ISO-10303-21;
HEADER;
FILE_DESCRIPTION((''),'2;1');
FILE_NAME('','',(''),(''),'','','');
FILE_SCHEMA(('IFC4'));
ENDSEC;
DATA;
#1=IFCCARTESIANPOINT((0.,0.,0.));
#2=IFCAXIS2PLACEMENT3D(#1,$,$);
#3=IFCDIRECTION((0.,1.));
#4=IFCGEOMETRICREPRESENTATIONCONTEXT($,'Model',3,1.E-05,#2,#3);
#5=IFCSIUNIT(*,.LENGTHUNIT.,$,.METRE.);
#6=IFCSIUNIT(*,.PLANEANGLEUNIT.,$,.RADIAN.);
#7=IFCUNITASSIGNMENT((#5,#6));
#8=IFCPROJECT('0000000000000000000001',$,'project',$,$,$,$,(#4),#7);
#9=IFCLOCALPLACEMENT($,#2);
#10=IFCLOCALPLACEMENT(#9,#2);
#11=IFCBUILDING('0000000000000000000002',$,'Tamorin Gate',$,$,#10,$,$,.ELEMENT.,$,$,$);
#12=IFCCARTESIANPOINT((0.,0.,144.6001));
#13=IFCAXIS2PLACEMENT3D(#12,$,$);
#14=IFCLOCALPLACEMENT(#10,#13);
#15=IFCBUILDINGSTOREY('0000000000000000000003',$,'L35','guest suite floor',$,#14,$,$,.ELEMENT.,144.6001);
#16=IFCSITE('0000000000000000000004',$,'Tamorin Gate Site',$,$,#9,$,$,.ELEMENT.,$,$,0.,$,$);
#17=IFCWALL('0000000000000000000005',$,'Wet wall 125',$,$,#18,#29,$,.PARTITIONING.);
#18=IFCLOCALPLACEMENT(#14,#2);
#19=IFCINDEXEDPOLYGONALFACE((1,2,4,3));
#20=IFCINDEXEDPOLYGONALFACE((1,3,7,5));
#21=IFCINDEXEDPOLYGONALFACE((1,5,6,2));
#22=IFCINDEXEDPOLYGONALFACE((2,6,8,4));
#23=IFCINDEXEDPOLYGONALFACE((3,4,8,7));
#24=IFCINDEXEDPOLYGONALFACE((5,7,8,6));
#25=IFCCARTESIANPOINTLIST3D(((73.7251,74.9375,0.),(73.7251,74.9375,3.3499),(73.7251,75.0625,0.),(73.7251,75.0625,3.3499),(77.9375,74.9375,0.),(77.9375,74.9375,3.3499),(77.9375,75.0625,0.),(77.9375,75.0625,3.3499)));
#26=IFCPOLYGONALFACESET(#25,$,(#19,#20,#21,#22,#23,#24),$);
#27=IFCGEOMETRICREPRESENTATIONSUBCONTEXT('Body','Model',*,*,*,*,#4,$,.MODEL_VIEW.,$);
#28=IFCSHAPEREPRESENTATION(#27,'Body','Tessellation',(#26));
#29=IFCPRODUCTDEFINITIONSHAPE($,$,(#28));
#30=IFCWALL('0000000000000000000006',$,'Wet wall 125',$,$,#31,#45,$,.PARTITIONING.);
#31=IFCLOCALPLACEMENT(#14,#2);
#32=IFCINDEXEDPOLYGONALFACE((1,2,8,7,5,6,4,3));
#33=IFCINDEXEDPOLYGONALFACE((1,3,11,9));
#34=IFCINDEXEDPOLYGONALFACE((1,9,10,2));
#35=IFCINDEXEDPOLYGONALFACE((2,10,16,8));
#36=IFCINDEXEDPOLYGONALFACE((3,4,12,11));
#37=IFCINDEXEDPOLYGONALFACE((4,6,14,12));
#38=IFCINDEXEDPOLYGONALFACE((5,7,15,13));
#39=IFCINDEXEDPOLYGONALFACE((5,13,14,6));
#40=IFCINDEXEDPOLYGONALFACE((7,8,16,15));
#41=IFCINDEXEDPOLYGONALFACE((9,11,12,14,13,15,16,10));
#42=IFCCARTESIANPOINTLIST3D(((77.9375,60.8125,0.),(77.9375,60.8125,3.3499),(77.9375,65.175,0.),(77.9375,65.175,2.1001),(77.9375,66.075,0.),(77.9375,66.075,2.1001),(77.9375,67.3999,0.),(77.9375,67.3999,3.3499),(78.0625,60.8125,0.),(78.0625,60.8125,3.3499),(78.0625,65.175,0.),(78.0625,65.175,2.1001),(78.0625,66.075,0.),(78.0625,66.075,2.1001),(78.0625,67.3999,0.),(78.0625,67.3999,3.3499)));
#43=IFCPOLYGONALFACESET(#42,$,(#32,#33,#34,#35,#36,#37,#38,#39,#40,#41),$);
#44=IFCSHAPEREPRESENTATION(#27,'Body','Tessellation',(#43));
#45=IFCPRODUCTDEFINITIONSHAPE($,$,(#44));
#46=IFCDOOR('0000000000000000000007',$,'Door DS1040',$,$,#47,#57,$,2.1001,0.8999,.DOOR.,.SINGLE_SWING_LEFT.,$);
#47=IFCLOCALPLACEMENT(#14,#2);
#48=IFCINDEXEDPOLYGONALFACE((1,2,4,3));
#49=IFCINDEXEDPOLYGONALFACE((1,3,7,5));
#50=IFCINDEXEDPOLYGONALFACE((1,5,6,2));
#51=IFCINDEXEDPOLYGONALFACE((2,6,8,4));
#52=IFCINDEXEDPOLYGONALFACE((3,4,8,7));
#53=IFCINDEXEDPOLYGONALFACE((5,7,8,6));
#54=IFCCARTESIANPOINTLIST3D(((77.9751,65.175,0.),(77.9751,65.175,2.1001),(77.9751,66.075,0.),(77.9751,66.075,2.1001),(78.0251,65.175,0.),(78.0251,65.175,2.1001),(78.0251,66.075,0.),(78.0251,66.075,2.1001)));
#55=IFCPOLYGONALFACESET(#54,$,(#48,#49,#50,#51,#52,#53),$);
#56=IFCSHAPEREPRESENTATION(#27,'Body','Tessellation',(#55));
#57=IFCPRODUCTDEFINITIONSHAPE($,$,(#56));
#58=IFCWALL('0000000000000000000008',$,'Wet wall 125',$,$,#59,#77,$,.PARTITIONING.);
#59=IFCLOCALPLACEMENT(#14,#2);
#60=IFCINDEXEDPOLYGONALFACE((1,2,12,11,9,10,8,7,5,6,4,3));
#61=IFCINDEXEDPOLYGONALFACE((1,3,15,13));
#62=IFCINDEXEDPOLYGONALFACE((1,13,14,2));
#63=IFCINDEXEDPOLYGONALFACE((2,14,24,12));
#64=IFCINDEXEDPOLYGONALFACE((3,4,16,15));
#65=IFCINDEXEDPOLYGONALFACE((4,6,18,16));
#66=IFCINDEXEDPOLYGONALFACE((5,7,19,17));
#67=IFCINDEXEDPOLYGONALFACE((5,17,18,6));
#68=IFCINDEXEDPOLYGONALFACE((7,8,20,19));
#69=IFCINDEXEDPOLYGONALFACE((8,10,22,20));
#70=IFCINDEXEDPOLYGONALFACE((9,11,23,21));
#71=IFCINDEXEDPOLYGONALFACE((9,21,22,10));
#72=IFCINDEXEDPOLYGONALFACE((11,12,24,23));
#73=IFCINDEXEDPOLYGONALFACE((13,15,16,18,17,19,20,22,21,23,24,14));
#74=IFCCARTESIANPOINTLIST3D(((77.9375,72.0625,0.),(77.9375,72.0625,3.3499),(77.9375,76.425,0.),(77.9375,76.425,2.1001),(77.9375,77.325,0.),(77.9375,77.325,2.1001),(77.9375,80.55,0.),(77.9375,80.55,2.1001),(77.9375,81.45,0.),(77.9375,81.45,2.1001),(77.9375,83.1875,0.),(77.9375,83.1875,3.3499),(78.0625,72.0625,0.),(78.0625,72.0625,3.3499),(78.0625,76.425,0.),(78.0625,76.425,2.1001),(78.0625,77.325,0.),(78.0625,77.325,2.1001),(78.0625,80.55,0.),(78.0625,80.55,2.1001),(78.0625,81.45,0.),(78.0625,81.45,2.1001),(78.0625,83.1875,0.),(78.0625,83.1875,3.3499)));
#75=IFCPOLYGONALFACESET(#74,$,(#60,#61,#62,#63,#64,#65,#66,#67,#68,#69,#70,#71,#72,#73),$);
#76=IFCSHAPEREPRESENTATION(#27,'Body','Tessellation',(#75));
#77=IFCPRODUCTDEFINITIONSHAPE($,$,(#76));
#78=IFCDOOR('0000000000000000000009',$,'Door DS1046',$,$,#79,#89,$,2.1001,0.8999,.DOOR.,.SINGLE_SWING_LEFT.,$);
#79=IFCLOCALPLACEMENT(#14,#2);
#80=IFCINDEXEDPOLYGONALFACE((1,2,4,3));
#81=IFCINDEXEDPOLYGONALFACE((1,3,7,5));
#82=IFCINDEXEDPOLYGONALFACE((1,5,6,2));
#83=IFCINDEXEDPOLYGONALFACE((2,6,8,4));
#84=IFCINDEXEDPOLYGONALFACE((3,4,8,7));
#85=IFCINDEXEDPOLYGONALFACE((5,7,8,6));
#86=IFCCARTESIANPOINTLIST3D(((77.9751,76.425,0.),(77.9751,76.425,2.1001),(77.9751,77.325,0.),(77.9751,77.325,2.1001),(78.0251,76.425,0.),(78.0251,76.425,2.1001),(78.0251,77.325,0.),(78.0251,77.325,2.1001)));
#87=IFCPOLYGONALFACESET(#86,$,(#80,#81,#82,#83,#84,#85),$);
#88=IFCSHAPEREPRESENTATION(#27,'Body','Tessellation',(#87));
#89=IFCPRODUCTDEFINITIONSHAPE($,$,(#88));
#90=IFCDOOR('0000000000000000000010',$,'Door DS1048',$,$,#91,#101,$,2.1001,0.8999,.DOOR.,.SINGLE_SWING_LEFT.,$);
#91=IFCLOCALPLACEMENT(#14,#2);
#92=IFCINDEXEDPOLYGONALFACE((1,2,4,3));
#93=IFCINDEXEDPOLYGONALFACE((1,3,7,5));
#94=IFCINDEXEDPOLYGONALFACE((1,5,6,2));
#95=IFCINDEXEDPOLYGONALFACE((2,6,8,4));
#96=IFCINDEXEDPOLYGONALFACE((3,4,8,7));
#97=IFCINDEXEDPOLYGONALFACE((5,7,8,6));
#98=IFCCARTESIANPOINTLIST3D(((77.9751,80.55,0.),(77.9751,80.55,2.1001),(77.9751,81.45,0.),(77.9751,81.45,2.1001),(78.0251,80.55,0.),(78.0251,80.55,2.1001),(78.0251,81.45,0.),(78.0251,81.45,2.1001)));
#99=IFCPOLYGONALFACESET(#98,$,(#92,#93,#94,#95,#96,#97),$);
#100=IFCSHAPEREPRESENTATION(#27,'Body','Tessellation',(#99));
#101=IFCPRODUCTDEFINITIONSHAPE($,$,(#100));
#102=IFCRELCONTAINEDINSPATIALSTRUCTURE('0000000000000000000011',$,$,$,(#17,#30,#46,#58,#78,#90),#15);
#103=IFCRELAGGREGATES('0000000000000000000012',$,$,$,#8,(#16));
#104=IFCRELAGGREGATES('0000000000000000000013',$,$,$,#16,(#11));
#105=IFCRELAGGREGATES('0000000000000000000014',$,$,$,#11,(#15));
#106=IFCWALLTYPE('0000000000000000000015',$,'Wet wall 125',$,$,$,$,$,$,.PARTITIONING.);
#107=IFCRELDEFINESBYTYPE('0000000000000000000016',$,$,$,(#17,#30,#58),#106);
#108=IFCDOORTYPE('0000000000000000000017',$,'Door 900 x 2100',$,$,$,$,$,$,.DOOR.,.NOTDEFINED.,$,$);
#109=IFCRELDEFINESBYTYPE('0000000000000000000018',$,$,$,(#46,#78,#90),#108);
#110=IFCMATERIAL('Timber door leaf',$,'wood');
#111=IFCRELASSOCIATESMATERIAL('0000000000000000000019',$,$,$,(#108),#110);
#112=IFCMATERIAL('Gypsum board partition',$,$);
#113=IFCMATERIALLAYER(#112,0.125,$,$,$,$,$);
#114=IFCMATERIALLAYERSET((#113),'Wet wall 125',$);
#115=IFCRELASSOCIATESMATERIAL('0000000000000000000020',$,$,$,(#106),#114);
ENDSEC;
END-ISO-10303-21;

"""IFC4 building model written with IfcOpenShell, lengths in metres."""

from ifc_helpers import new_model, si_unit, direction, frame, frame_2d, origin, place, context, subcontext, project, spatial, rectangle, extrude, material, layer, layer_set, type_object, element, fill, save


model = new_model("IFC4")

# Units and contexts
model_context = context("Model", 3, precision=1e-05, world=origin(), true_north=direction((0.0, 1.0)))
body_context = subcontext(model_context, "Body", "Model", "MODEL_VIEW")
ifc_project = project(units=[si_unit("LENGTHUNIT", "METRE"), si_unit("PLANEANGLEUNIT", "RADIAN")], contexts=[model_context])

# Site, building, storey
site_placement = place(None, origin())
site = spatial("IfcSite", under=ifc_project, at=site_placement, Name="Tamorin Gate Site", CompositionType="ELEMENT", RefElevation=0.0)
building_placement = place(site_placement, origin())
building = spatial("IfcBuilding", under=site, at=building_placement, Name="Tamorin Gate", CompositionType="ELEMENT")
storey_placement = place(building_placement, frame((0.0, 0.0, 144.6001)))
storey = spatial("IfcBuildingStorey", under=building, at=storey_placement, Name="L35", Description="guest suite floor", CompositionType="ELEMENT", Elevation=144.6001)

# Shared definitions
ifc_material_1 = material(Name="Gypsum board partition")
ifc_material_2 = material(Name="Timber door leaf", Category="wood")
door_type = type_object("IfcDoorType", Name="Door 900 x 2100", OperationType="NOTDEFINED", PredefinedType="DOOR", material=ifc_material_2)

# Wall
ifc_layer_1 = layer(ifc_material_1, 0.125)
ifc_layer_set_1 = layer_set([ifc_layer_1], Name="Wet wall 125")
wall_type_1 = type_object("IfcWallType", Name="Wet wall 125", PredefinedType="PARTITIONING", material=ifc_layer_set_1)
wall_1_placement = place(storey_placement, frame((73.7251, 75.0, 0.0), z_axis=(0.0, 0.0, 1.0), x_axis=(1.0, 0.0, 0.0)))
element("IfcWall", 1, at=wall_1_placement, inside=storey, type_object=wall_type_1, Name="Wet wall 125", PredefinedType="PARTITIONING", context=body_context, shape_type="SweptSolid", body=[
    extrude(rectangle(XDim=4.2124, YDim=0.125, at=frame_2d((2.1062, 0.0))), origin(), (0.0, 0.0, 1.0), 3.3499),
])

# Wall, opening, door
wall_2_placement = place(storey_placement, frame((78.0, 60.8125, 0.0), z_axis=(0.0, 0.0, 1.0), x_axis=(0.0, 1.0, 0.0)))
wall_2 = element("IfcWall", 2, at=wall_2_placement, inside=storey, type_object=wall_type_1, Name="Wet wall 125", PredefinedType="PARTITIONING", context=body_context, shape_type="SweptSolid", body=[
    extrude(rectangle(XDim=6.5874, YDim=0.125, at=frame_2d((3.2937, 0.0))), origin(), (0.0, 0.0, 1.0), 3.3499),
])
opening_1_placement = place(wall_2_placement, frame((4.3625, 0.0, 0.0)))
opening_1 = element("IfcOpeningElement", 3, at=opening_1_placement, cuts=wall_2, PredefinedType="OPENING", context=body_context, shape_type="SweptSolid", body=[
    extrude(rectangle(XDim=0.8999, YDim=2.1001, at=frame_2d((0.45, 1.05))), frame((0.0, 0.0725, 0.0), z_axis=(0.0, -1.0, 0.0), x_axis=(1.0, 0.0, 0.0)), (0.0, 0.0, 1.0), 0.145),
])
door_1_placement = place(opening_1_placement, origin())
door_1 = element("IfcDoor", 4, at=door_1_placement, inside=storey, type_object=door_type, Name="Door DS1040", OperationType="SINGLE_SWING_LEFT", OverallHeight=2.1001, OverallWidth=0.8999, PredefinedType="DOOR", context=body_context, shape_type="SweptSolid", body=[
    extrude(rectangle(XDim=0.8999, YDim=2.1001, at=frame_2d((0.45, 1.05))), frame((0.0, 0.0249, 0.0), z_axis=(0.0, -1.0, 0.0), x_axis=(1.0, 0.0, 0.0)), (0.0, 0.0, 1.0), 0.05),
])
fill(opening_1, door_1)

# Wall, openings, doors
wall_3_placement = place(storey_placement, frame((78.0, 72.0625, 0.0), z_axis=(0.0, 0.0, 1.0), x_axis=(0.0, 1.0, 0.0)))
wall_3 = element("IfcWall", 5, at=wall_3_placement, inside=storey, type_object=wall_type_1, Name="Wet wall 125", PredefinedType="PARTITIONING", context=body_context, shape_type="SweptSolid", body=[
    extrude(rectangle(XDim=11.125, YDim=0.125, at=frame_2d((5.5625, 0.0))), origin(), (0.0, 0.0, 1.0), 3.3499),
])
opening_2_placement = place(wall_3_placement, frame((4.3625, 0.0, 0.0)))
opening_2 = element("IfcOpeningElement", 6, at=opening_2_placement, cuts=wall_3, PredefinedType="OPENING", context=body_context, shape_type="SweptSolid", body=[
    extrude(rectangle(XDim=0.8999, YDim=2.1001, at=frame_2d((0.45, 1.05))), frame((0.0, 0.0725, 0.0), z_axis=(0.0, -1.0, 0.0), x_axis=(1.0, 0.0, 0.0)), (0.0, 0.0, 1.0), 0.145),
])
opening_3_placement = place(wall_3_placement, frame((8.4875, 0.0, 0.0)))
opening_3 = element("IfcOpeningElement", 7, at=opening_3_placement, cuts=wall_3, PredefinedType="OPENING", context=body_context, shape_type="SweptSolid", body=[
    extrude(rectangle(XDim=0.8999, YDim=2.1001, at=frame_2d((0.45, 1.05))), frame((0.0, 0.0725, 0.0), z_axis=(0.0, -1.0, 0.0), x_axis=(1.0, 0.0, 0.0)), (0.0, 0.0, 1.0), 0.145),
])
door_2_placement = place(opening_2_placement, origin())
door_2 = element("IfcDoor", 8, at=door_2_placement, inside=storey, type_object=door_type, Name="Door DS1046", OperationType="SINGLE_SWING_LEFT", OverallHeight=2.1001, OverallWidth=0.8999, PredefinedType="DOOR", context=body_context, shape_type="SweptSolid", body=[
    extrude(rectangle(XDim=0.8999, YDim=2.1001, at=frame_2d((0.45, 1.05))), frame((0.0, 0.0249, 0.0), z_axis=(0.0, -1.0, 0.0), x_axis=(1.0, 0.0, 0.0)), (0.0, 0.0, 1.0), 0.05),
])
fill(opening_2, door_2)
door_3_placement = place(opening_3_placement, origin())
door_3 = element("IfcDoor", 9, at=door_3_placement, inside=storey, type_object=door_type, Name="Door DS1048", OperationType="SINGLE_SWING_LEFT", OverallHeight=2.1001, OverallWidth=0.8999, PredefinedType="DOOR", context=body_context, shape_type="SweptSolid", body=[
    extrude(rectangle(XDim=0.8999, YDim=2.1001, at=frame_2d((0.45, 1.05))), frame((0.0, 0.0249, 0.0), z_axis=(0.0, -1.0, 0.0), x_axis=(1.0, 0.0, 0.0)), (0.0, 0.0, 1.0), 0.05),
])
fill(opening_3, door_3)

save(model, "model.ifc")
